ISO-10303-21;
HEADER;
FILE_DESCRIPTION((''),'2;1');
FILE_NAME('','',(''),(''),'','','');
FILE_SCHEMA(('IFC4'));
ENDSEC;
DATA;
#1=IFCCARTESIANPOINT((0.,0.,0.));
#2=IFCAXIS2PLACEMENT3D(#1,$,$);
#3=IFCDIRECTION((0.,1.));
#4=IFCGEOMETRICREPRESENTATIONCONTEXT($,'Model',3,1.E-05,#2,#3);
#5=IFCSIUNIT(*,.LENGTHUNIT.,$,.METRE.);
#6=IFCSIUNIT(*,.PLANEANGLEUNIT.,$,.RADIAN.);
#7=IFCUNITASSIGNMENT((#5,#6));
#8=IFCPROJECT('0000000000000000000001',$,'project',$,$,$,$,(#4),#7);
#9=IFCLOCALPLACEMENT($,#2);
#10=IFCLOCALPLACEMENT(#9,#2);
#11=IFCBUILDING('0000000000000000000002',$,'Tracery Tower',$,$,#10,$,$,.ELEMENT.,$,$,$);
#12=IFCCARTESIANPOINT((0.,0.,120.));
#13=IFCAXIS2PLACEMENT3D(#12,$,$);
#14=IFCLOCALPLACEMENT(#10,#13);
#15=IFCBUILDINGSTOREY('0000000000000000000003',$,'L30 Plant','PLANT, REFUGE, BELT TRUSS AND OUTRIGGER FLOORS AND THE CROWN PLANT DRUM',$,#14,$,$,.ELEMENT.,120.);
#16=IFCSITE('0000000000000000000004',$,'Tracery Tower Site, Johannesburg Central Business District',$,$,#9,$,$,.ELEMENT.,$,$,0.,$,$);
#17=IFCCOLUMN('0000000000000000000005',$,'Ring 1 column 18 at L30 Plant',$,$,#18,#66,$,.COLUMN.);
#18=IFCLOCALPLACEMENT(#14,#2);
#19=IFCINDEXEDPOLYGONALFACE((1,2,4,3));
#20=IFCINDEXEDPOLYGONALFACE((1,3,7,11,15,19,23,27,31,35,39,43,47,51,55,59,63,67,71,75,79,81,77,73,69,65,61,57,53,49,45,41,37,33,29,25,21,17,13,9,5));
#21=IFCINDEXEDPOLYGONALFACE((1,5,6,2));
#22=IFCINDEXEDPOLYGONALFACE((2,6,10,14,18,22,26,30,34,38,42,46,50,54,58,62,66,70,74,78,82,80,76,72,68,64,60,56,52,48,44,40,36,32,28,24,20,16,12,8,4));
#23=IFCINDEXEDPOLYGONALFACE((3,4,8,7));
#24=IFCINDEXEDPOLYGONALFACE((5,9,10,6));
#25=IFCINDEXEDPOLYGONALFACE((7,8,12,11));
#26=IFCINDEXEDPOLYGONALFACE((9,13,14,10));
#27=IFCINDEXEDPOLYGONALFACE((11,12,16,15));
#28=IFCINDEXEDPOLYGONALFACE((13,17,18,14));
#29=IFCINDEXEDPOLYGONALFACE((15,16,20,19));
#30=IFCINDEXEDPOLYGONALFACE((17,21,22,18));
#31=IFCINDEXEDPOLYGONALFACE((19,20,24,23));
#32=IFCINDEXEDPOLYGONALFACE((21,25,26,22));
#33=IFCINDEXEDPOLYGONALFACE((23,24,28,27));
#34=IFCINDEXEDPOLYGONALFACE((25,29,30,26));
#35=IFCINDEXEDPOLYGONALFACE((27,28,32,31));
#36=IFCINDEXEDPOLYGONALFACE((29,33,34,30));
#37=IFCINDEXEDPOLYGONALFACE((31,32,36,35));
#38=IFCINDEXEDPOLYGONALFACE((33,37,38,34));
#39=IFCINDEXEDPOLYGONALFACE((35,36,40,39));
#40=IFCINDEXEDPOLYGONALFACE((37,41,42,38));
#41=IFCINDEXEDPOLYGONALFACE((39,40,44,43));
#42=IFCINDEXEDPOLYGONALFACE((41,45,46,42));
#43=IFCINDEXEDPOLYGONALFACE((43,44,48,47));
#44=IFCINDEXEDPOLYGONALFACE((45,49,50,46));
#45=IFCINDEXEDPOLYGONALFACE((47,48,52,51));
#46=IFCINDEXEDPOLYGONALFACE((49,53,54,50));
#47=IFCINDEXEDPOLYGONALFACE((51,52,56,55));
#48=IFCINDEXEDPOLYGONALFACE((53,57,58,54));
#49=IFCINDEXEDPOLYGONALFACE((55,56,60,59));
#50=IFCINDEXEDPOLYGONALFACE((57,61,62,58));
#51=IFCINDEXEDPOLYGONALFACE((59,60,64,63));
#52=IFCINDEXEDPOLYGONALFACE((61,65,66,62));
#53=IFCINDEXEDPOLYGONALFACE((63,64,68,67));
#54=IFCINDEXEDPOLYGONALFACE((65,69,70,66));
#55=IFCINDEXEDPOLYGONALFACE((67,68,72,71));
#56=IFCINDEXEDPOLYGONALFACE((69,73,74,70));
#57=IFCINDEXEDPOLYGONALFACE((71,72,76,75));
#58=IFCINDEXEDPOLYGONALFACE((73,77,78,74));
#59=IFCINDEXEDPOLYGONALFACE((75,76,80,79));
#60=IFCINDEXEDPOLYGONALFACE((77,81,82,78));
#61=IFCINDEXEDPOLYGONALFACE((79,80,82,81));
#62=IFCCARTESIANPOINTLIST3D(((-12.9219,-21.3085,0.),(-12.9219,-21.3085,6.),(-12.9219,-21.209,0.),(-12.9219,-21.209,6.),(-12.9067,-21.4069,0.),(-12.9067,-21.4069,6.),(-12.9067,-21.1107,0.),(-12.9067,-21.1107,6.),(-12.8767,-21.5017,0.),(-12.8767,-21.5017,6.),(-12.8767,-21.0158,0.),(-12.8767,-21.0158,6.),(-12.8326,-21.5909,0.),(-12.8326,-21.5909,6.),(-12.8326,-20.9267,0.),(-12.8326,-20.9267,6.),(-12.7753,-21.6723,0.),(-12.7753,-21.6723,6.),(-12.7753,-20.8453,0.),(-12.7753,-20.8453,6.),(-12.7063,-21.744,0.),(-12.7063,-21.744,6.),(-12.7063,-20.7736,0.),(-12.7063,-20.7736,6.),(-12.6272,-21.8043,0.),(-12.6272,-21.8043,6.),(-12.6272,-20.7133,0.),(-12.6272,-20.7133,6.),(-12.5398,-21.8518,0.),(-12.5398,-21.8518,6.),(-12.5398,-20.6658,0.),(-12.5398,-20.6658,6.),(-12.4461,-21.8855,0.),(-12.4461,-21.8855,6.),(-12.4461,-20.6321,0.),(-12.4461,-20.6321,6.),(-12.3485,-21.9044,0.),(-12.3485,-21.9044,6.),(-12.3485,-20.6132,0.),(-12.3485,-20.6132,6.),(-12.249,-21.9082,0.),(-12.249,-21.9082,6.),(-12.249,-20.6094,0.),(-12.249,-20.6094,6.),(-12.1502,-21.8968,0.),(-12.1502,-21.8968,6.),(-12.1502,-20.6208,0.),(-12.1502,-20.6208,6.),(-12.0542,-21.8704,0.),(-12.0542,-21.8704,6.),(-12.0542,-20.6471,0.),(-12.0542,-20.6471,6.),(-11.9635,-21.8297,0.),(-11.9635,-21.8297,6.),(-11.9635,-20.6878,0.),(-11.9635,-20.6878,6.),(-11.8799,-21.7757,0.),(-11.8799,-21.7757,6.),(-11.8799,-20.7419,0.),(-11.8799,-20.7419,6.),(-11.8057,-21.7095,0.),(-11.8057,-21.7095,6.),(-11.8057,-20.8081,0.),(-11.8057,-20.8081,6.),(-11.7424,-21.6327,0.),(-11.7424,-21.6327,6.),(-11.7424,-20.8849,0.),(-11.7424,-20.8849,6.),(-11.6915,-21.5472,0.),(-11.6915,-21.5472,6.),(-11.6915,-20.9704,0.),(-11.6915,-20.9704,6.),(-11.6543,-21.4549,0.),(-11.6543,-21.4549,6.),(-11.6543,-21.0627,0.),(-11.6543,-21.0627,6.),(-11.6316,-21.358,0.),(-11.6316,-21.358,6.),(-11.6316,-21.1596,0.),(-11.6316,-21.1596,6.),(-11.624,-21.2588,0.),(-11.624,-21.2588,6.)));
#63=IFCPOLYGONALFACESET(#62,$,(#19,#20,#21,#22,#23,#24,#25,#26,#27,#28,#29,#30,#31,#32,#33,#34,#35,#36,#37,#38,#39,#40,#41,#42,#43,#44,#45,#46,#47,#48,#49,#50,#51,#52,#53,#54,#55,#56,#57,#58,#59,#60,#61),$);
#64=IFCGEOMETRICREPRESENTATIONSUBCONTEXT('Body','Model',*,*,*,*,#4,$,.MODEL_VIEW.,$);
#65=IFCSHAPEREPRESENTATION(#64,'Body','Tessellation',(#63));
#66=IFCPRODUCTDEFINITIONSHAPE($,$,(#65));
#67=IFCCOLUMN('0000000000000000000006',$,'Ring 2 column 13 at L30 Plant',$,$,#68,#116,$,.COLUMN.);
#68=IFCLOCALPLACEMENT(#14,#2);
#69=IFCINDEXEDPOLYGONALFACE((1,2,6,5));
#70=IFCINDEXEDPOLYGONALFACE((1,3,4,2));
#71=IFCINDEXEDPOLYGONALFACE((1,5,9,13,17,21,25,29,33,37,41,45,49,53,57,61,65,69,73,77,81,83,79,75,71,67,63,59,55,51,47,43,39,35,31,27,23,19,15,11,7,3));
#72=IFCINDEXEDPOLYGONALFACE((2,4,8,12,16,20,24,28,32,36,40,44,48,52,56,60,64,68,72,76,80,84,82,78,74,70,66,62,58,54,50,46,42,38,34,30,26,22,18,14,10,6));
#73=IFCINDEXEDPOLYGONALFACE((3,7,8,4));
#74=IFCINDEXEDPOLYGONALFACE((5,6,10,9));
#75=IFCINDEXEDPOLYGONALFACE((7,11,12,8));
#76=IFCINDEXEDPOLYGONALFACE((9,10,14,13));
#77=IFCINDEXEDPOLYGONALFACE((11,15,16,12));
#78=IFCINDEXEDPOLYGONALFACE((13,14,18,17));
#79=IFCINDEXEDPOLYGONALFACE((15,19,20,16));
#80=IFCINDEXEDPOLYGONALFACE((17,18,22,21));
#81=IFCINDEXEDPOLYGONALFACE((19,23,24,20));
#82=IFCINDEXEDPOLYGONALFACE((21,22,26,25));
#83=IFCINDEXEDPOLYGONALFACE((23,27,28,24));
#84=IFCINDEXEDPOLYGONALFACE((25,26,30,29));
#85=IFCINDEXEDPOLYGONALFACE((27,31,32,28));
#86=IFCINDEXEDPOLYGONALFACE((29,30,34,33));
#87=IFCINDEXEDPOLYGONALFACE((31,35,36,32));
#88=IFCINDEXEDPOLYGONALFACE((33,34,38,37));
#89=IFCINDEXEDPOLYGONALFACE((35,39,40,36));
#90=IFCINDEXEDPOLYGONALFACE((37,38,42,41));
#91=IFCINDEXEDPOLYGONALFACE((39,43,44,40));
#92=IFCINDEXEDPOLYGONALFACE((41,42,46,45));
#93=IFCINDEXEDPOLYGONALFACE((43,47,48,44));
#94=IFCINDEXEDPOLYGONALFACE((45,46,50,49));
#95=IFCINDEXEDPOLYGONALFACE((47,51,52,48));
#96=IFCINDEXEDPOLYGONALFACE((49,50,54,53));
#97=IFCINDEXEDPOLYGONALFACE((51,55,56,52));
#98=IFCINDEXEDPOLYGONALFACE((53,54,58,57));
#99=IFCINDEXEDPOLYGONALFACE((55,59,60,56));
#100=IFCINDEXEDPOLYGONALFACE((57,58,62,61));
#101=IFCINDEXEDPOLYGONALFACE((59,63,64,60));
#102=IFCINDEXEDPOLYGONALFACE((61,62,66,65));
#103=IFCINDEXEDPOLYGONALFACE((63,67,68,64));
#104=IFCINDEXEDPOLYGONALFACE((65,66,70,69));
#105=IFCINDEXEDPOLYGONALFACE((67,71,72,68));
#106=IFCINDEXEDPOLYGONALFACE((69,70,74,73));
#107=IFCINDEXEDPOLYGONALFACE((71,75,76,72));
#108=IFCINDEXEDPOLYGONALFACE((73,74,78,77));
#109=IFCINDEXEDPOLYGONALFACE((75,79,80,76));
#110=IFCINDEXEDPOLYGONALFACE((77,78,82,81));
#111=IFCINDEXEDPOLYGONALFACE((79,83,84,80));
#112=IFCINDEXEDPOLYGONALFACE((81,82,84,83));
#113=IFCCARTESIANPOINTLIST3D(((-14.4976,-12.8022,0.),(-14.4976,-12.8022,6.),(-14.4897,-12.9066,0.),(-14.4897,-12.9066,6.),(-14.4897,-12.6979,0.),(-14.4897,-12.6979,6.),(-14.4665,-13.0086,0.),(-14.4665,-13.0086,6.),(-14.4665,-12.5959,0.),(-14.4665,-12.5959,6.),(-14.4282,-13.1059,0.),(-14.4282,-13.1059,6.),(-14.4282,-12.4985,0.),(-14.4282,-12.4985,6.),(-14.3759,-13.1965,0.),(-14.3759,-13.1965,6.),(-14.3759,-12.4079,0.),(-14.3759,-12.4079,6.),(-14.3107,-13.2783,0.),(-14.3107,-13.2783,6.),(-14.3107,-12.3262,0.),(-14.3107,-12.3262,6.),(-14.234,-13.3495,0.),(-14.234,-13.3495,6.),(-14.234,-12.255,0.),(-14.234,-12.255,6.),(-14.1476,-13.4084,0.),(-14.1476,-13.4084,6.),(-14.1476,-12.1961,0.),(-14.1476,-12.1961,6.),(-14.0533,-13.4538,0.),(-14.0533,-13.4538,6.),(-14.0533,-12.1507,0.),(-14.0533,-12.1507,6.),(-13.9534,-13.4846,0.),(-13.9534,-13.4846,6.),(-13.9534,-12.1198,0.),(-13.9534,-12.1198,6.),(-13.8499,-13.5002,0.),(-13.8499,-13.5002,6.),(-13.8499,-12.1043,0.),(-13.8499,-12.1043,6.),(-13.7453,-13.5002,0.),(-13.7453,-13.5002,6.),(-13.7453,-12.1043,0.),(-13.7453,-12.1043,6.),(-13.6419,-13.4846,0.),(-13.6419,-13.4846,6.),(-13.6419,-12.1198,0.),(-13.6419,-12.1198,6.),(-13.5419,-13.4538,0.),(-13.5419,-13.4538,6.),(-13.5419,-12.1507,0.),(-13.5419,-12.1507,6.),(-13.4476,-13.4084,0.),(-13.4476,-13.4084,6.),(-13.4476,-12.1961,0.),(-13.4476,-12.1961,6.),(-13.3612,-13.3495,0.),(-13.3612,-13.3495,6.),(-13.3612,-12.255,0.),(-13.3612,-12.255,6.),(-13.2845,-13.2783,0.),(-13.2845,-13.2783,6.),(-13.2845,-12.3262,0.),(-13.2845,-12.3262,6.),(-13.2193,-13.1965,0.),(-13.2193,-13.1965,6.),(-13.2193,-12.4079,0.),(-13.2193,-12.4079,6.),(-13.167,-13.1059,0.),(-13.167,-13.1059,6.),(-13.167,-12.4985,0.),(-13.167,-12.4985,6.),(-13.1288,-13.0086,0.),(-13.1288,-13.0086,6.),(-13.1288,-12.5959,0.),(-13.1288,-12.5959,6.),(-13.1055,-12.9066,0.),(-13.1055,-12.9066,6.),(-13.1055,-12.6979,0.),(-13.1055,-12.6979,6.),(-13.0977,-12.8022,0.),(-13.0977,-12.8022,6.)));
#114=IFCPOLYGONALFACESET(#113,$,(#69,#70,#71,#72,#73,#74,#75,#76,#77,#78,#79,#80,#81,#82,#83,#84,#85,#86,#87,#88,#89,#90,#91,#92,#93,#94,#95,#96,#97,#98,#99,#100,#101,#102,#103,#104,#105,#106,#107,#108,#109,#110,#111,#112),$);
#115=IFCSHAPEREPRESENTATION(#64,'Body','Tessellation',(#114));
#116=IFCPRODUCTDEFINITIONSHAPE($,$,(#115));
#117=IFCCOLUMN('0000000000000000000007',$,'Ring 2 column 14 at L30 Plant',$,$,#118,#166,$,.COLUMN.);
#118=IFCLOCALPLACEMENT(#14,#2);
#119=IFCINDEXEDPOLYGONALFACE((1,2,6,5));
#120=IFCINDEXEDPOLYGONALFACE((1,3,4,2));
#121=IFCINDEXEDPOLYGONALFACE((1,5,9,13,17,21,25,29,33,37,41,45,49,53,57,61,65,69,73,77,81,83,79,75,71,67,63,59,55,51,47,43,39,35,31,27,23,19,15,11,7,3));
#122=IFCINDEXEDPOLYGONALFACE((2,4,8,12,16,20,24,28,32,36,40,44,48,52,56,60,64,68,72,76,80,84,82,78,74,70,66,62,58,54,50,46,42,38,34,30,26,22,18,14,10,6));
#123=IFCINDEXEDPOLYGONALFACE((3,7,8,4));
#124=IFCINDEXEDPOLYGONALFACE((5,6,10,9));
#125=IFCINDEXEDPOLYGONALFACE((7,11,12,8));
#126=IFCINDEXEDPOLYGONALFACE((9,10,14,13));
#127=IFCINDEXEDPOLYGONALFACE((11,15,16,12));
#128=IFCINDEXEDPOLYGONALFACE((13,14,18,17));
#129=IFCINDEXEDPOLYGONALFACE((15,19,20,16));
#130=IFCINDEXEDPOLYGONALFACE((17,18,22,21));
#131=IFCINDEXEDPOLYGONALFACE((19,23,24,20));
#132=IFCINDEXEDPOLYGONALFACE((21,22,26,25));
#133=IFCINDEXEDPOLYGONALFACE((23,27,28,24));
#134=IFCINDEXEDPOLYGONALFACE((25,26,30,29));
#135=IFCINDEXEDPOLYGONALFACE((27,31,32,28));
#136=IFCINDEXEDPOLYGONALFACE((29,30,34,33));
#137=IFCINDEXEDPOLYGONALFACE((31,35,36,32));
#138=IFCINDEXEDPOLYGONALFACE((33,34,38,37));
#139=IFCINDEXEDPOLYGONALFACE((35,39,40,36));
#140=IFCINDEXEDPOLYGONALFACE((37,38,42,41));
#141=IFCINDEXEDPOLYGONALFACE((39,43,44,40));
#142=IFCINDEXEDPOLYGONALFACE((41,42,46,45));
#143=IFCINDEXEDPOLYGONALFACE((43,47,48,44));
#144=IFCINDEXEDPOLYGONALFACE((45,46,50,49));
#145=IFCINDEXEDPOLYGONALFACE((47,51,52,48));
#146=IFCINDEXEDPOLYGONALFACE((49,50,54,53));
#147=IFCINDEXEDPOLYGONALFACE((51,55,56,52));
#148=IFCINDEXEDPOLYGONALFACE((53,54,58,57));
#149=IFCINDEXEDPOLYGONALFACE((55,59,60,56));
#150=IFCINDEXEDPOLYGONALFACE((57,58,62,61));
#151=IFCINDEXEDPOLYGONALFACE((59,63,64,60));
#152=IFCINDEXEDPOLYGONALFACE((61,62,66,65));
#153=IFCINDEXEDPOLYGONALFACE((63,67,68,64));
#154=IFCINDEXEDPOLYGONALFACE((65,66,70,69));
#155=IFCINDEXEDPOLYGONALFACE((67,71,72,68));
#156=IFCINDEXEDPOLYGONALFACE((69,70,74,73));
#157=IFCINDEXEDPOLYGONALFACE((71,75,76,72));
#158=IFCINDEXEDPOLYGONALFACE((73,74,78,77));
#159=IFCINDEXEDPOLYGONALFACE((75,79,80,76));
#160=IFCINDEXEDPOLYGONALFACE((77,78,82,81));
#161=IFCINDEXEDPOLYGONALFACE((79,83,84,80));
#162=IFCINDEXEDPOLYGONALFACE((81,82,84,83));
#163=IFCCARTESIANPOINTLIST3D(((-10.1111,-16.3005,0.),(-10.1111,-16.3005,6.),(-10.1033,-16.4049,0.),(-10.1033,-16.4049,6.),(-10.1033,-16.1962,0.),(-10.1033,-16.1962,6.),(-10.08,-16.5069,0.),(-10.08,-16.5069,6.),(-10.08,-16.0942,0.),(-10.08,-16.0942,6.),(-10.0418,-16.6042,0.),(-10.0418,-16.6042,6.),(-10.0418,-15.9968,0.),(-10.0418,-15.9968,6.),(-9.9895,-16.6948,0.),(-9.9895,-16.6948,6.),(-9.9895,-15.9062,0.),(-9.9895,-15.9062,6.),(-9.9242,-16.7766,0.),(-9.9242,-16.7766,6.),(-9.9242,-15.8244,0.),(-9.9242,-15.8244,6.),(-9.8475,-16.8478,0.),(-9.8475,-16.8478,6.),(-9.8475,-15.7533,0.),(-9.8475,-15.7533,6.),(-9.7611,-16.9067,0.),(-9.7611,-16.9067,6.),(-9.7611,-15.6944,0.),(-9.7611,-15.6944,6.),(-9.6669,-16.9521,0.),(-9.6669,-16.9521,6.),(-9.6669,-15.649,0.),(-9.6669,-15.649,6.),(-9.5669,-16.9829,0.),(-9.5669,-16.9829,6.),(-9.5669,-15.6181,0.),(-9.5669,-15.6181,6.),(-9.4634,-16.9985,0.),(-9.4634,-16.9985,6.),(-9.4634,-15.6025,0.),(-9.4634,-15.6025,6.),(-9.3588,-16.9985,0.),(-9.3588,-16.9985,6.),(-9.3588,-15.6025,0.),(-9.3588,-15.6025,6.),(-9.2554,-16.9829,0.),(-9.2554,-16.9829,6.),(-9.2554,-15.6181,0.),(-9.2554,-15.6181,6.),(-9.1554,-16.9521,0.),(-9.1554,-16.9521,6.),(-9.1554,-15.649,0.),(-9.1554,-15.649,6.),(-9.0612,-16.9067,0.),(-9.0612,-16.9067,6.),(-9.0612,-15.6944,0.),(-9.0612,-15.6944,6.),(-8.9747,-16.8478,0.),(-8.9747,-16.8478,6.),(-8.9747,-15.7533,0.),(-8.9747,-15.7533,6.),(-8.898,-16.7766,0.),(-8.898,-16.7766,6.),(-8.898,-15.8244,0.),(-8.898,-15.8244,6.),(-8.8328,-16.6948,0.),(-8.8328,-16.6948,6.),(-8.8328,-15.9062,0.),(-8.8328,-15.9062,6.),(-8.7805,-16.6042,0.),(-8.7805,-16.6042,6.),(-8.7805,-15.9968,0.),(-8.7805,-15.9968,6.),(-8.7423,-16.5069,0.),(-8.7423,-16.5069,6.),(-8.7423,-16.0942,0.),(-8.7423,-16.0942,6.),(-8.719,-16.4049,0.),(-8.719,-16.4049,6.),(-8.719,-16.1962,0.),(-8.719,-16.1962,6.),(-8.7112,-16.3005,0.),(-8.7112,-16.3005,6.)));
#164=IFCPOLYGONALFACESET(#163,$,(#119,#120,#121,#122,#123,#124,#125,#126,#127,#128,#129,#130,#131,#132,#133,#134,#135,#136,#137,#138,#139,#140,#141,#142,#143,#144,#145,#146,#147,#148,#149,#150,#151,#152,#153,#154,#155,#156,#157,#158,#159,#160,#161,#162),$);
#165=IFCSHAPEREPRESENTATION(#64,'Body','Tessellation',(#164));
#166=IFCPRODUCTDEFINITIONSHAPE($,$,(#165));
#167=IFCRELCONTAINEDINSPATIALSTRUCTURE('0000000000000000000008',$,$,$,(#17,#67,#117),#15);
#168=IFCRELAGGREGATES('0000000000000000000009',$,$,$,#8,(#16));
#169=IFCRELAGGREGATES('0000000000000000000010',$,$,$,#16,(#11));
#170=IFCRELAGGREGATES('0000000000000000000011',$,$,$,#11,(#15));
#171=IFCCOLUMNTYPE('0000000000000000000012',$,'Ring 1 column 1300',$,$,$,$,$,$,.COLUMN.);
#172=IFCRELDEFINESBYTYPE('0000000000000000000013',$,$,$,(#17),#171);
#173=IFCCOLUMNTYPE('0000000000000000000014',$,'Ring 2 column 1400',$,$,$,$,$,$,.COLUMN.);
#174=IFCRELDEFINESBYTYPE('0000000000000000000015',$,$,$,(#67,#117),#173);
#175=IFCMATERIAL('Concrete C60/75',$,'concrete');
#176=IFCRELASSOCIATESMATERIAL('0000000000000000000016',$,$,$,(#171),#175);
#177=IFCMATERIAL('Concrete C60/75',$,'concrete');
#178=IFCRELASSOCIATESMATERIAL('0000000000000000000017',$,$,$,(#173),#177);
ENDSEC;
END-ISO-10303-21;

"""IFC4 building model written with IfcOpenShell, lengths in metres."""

from ifc_helpers import new_model, si_unit, direction, frame, origin, origin_2d, place, context, subcontext, project, spatial, circle, extrude, material, material_profile, profile_set, type_object, element, save


model = new_model("IFC4")

# Units and contexts
model_context = context("Model", 3, precision=1e-05, world=origin(), true_north=direction((0.0, 1.0)))
body_context = subcontext(model_context, "Body", "Model", "MODEL_VIEW")
ifc_project = project(units=[si_unit("LENGTHUNIT", "METRE"), si_unit("PLANEANGLEUNIT", "RADIAN")], contexts=[model_context])

# Site, building, storey
site_placement = place(None, origin())
site = spatial("IfcSite", under=ifc_project, at=site_placement, Name="Tracery Tower Site, Johannesburg Central Business District", CompositionType="ELEMENT", RefElevation=0.0)
building_placement = place(site_placement, origin())
building = spatial("IfcBuilding", under=site, at=building_placement, Name="Tracery Tower", CompositionType="ELEMENT")
storey_placement = place(building_placement, frame((0.0, 0.0, 120.0)))
storey = spatial("IfcBuildingStorey", under=building, at=storey_placement, Name="L30 Plant", Description="PLANT, REFUGE, BELT TRUSS AND OUTRIGGER FLOORS AND THE CROWN PLANT DRUM", CompositionType="ELEMENT", Elevation=120.0)

# Columns
ifc_material_1 = material(Name="Concrete C60/75", Category="concrete")
ifc_material_profile_1 = material_profile(ifc_material_1, circle(Radius=0.6499, at=origin_2d()), Name="RC D1300")
ifc_profile_set_1 = profile_set([ifc_material_profile_1], Name="Concrete C60/75")
column_type_1 = type_object("IfcColumnType", Name="Ring 1 column 1300", PredefinedType="COLUMN", material=ifc_profile_set_1)
column_placement = place(storey_placement, frame((-12.2739, -21.2588, 0.0), z_axis=(0.0, 0.0, 1.0), x_axis=(1.0, 0.0, 0.0)))
element("IfcColumn", 1, at=column_placement, inside=storey, type_object=column_type_1, Name="Ring 1 column 18 at L30 Plant", PredefinedType="COLUMN", context=body_context, shape_type="SweptSolid", body=[
    extrude(circle(Radius=0.6499, at=origin_2d()), origin(), (0.0, 0.0, 1.0), 6.0),
])
ifc_material_2 = material(Name="Concrete C60/75", Category="concrete")
ifc_material_profile_2 = material_profile(ifc_material_2, circle(Radius=0.7, at=origin_2d()), Name="RC D1400")
ifc_profile_set_2 = profile_set([ifc_material_profile_2], Name="Concrete C60/75")
column_type_2 = type_object("IfcColumnType", Name="Ring 2 column 1400", PredefinedType="COLUMN", material=ifc_profile_set_2)
for number, where, z_axis, x_axis, name in (
    (2, (-13.7976, -12.8022, 0.0), (0.0, 0.0, 1.0), (1.0, 0.0, 0.0), "Ring 2 column 13 at L30 Plant"),
    (3, (-9.4111, -16.3005, 0.0), (0.0, 0.0, 1.0), (1.0, 0.0, 0.0), "Ring 2 column 14 at L30 Plant"),
):
    element("IfcColumn", number, at=place(storey_placement, frame(where, z_axis=z_axis, x_axis=x_axis)), inside=storey, type_object=column_type_2, Name=name, PredefinedType="COLUMN", context=body_context, shape_type="SweptSolid", body=[
        extrude(circle(Radius=0.7, at=origin_2d()), origin(), (0.0, 0.0, 1.0), 6.0),
    ])

save(model, "model.ifc")
